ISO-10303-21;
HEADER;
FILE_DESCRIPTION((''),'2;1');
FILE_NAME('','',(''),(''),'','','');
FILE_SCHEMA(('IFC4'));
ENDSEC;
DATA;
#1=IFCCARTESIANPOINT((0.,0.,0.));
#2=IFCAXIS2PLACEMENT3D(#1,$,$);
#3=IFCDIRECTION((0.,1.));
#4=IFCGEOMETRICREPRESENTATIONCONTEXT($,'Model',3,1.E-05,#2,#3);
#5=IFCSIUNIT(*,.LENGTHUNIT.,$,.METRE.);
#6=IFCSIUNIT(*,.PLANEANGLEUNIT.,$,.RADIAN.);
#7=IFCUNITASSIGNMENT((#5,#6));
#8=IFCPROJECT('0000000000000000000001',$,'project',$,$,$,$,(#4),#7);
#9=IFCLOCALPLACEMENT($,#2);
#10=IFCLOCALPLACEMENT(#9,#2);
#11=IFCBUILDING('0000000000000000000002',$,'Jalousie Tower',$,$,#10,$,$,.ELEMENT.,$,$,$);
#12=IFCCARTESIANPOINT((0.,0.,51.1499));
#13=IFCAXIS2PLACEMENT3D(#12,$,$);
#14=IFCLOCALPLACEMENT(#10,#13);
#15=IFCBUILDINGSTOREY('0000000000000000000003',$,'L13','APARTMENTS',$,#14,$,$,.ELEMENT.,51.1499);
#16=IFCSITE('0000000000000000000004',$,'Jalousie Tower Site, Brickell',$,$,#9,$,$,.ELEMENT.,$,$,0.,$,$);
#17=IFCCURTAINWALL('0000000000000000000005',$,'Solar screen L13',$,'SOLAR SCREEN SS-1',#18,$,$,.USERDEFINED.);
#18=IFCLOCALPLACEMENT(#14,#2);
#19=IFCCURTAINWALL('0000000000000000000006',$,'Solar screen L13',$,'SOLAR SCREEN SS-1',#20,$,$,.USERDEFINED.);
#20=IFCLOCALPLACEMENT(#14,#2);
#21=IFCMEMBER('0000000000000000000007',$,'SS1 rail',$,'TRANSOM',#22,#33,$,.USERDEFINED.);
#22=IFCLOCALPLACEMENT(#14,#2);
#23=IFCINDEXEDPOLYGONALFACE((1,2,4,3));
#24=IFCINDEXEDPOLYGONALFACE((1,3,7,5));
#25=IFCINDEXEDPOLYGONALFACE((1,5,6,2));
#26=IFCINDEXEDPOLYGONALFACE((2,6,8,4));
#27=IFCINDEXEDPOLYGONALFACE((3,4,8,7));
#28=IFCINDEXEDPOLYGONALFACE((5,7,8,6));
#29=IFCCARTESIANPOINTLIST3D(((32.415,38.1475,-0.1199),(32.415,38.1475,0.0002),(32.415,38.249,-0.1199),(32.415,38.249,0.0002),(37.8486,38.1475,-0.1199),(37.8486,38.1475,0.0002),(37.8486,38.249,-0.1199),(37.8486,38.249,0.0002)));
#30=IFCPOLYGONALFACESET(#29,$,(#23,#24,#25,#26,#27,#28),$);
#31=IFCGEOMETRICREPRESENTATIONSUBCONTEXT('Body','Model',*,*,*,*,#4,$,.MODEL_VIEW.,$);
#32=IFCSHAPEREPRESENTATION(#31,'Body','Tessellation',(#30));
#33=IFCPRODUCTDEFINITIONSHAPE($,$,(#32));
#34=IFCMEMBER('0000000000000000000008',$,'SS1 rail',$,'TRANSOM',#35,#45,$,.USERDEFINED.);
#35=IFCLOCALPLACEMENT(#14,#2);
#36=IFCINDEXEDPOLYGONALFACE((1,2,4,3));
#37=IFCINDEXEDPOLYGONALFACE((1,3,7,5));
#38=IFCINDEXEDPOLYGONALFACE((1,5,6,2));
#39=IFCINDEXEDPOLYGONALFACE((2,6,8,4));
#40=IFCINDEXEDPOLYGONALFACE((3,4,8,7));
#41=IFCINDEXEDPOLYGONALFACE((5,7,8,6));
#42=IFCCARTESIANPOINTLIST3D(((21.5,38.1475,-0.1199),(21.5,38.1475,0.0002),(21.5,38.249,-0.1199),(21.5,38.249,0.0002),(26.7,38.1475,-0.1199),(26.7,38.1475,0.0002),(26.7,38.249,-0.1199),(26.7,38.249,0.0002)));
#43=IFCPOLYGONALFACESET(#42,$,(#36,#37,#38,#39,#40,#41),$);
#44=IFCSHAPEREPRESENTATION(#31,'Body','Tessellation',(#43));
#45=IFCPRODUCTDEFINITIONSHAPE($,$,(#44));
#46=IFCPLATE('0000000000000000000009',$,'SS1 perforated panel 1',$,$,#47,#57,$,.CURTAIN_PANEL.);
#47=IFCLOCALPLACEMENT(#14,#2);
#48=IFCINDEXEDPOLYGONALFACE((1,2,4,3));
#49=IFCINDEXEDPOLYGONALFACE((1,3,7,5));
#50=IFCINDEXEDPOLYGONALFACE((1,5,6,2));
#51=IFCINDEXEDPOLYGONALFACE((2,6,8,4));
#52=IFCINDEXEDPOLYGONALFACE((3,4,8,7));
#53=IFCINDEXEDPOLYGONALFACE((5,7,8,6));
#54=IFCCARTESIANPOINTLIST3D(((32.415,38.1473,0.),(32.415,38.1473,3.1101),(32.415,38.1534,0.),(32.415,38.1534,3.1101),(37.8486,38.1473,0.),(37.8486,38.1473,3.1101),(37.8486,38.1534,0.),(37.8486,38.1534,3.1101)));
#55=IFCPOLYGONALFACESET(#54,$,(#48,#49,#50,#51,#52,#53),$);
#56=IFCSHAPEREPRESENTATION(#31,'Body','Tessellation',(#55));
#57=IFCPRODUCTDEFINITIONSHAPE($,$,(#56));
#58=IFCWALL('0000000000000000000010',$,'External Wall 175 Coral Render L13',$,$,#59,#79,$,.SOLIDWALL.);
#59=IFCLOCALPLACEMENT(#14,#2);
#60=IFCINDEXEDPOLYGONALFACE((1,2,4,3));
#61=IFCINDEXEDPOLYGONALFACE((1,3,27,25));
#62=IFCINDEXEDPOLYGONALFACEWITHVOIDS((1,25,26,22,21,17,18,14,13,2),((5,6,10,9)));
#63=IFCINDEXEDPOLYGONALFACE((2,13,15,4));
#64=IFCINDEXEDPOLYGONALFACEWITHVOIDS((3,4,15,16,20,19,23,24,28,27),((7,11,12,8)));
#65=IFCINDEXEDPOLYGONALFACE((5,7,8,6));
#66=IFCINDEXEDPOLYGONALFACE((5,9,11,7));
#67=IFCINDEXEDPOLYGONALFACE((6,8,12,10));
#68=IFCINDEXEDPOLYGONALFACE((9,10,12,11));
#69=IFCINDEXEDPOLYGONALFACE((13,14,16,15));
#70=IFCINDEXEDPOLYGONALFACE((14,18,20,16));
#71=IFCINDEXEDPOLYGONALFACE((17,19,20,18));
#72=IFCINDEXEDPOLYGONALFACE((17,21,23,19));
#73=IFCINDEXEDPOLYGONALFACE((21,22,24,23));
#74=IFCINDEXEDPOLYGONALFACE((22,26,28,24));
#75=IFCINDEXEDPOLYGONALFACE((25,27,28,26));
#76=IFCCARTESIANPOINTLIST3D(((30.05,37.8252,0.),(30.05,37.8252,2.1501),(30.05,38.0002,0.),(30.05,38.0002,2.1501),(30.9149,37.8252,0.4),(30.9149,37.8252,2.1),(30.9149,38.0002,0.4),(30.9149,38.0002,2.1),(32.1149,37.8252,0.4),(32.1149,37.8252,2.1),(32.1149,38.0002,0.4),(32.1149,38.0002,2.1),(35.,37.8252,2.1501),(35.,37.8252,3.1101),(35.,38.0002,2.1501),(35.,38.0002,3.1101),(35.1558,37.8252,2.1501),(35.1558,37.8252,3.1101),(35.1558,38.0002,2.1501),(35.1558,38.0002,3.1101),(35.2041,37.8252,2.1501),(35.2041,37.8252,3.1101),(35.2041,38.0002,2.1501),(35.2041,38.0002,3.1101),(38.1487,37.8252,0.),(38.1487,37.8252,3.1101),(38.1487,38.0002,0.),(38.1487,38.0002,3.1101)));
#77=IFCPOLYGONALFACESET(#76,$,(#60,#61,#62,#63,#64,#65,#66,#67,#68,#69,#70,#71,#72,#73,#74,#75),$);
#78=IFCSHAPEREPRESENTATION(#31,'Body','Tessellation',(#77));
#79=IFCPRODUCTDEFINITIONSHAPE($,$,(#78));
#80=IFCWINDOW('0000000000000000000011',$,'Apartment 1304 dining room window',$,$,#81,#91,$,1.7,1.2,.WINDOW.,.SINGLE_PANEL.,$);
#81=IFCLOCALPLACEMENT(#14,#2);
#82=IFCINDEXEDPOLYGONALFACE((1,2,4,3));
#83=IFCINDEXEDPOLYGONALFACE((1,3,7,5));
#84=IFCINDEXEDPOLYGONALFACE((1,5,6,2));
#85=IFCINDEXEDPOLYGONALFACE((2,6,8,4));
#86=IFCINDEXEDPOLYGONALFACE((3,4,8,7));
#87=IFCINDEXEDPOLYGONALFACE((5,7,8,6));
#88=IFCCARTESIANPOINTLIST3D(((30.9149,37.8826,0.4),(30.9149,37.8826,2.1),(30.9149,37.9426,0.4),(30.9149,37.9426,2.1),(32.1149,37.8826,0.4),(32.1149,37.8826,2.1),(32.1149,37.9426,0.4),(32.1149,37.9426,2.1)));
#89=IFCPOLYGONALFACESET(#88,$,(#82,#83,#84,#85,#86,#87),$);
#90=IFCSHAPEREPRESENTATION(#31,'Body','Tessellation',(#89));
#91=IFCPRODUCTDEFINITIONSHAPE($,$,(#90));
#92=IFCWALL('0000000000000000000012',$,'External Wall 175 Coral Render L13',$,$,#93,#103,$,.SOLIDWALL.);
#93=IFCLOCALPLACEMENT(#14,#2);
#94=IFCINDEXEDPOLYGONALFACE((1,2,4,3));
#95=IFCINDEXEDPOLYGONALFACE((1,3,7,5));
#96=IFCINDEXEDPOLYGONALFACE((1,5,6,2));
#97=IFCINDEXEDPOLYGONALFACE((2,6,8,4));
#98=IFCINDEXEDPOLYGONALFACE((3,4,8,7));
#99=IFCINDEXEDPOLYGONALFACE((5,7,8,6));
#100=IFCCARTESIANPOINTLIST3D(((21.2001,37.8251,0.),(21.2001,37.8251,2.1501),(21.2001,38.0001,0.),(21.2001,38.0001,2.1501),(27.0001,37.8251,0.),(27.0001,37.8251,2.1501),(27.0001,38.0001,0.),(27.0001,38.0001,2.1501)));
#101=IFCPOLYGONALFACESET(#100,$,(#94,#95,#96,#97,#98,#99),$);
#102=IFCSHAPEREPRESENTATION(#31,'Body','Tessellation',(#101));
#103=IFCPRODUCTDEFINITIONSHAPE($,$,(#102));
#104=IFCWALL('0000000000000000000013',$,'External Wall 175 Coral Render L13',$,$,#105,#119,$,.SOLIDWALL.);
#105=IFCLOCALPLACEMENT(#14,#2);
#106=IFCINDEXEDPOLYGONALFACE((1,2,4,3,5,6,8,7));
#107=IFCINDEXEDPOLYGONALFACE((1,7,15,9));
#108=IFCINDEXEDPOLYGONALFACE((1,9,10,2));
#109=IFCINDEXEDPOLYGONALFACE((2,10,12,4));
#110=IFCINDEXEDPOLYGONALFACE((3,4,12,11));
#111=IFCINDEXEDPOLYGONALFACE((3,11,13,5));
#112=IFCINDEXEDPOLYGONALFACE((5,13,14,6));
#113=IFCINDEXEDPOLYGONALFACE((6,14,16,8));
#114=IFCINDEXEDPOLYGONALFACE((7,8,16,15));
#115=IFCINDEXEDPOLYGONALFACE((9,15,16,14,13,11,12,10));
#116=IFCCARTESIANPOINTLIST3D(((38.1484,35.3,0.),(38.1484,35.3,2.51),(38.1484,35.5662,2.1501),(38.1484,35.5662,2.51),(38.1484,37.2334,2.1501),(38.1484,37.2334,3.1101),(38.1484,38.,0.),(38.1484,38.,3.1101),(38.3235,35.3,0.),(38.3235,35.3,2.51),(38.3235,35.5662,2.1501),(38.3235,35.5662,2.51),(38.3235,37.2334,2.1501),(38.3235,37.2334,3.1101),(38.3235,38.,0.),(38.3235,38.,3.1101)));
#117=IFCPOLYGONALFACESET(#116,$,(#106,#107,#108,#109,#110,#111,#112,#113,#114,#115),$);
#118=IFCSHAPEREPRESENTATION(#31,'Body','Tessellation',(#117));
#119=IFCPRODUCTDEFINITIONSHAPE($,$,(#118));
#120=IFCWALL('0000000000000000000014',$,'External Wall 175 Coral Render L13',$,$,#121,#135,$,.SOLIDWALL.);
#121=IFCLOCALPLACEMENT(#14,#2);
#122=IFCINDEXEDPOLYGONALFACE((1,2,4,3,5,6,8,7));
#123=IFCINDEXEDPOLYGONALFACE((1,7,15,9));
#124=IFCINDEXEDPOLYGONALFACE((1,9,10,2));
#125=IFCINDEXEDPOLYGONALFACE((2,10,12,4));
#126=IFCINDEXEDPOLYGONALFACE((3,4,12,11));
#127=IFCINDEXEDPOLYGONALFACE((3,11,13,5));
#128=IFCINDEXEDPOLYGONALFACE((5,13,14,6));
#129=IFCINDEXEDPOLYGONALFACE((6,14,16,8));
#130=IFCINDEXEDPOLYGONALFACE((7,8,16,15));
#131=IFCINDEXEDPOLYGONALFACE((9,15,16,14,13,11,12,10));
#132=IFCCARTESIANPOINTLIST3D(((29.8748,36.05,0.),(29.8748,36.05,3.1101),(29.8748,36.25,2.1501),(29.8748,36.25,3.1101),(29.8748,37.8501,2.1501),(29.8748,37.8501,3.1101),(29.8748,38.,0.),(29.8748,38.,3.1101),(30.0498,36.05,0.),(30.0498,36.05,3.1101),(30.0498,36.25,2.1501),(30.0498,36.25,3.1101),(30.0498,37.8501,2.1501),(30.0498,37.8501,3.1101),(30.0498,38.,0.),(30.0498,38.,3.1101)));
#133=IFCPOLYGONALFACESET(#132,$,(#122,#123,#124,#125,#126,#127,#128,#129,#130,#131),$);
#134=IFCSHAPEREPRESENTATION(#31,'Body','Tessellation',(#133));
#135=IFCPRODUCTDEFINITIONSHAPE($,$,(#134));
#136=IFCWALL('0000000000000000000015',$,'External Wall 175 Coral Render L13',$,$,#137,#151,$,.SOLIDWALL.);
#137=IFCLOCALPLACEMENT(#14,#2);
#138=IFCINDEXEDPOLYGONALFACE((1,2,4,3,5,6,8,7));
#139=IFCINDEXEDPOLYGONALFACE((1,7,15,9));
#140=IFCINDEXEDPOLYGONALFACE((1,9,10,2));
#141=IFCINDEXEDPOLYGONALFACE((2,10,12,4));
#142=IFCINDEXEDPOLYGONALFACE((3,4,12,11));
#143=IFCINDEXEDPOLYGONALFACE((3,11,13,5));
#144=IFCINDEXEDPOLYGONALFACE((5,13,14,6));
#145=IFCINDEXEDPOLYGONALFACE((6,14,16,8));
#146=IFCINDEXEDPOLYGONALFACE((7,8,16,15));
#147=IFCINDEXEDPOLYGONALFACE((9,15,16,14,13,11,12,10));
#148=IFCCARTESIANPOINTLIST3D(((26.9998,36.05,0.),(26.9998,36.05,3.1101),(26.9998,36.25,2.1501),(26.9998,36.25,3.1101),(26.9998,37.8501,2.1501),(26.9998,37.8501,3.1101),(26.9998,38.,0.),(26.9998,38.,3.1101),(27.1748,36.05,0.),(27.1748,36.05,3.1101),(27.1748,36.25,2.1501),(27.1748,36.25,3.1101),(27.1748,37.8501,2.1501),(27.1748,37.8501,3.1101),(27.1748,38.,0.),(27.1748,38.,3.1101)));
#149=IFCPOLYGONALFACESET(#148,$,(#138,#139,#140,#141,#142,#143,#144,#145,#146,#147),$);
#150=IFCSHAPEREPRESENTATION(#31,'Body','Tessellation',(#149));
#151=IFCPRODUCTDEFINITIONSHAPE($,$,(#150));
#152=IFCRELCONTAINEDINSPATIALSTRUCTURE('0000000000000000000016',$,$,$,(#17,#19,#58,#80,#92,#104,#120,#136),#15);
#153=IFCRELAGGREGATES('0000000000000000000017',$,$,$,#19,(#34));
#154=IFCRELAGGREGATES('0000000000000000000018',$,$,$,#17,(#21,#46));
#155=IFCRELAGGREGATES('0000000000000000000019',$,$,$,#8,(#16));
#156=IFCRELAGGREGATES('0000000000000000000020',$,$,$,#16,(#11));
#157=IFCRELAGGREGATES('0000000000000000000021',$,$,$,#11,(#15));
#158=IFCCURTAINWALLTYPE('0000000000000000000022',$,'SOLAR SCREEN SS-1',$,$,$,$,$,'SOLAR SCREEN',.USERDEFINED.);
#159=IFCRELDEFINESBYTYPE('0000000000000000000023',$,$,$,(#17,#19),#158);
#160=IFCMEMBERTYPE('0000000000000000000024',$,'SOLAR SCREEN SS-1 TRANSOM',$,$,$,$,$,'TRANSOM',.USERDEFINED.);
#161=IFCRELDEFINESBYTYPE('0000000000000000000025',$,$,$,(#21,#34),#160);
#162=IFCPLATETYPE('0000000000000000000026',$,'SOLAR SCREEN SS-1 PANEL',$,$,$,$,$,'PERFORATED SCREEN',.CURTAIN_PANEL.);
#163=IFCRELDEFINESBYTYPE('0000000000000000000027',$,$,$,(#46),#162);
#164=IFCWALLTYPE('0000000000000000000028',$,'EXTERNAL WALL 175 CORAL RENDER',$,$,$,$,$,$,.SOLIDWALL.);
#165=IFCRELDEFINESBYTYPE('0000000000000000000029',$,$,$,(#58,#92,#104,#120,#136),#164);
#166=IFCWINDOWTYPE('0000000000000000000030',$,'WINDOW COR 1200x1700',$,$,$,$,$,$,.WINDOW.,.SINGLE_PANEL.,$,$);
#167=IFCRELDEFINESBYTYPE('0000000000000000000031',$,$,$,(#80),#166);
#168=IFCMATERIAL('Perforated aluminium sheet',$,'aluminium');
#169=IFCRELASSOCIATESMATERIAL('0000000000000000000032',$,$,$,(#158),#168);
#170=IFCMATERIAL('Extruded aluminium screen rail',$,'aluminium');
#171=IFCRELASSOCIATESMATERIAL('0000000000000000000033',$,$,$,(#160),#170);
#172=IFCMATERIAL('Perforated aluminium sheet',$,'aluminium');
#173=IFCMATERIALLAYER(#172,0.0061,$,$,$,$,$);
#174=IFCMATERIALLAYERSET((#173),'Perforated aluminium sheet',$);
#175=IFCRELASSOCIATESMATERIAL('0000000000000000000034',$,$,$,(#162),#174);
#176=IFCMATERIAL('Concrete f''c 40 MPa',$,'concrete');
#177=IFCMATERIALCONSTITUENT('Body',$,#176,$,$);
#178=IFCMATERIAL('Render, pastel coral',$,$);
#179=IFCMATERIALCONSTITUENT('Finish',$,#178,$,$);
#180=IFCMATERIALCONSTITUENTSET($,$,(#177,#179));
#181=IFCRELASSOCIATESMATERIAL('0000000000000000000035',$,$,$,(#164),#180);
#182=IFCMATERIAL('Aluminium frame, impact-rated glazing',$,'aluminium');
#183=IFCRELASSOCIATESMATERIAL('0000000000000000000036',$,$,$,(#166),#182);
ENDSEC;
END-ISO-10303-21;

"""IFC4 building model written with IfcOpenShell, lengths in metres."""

from ifc_helpers import new_model, si_unit, direction, frame, frame_2d, origin, origin_2d, place, context, subcontext, project, spatial, polyline, rectangle, outline, extrude, material, layer, layer_set, constituent, constituent_set, material_profile, profile_set, type_object, element, fill, aggregate, save


model = new_model("IFC4")

# Units and contexts
model_context = context("Model", 3, precision=1e-05, world=origin(), true_north=direction((0.0, 1.0)))
body_context = subcontext(model_context, "Body", "Model", "MODEL_VIEW")
ifc_project = project(units=[si_unit("LENGTHUNIT", "METRE"), si_unit("PLANEANGLEUNIT", "RADIAN")], contexts=[model_context])

# Site, building, storey
site_placement = place(None, origin())
site = spatial("IfcSite", under=ifc_project, at=site_placement, Name="Jalousie Tower Site, Brickell", CompositionType="ELEMENT", RefElevation=0.0)
building_placement = place(site_placement, origin())
building = spatial("IfcBuilding", under=site, at=building_placement, Name="Jalousie Tower", CompositionType="ELEMENT")
storey_placement = place(building_placement, frame((0.0, 0.0, 51.1499)))
storey = spatial("IfcBuildingStorey", under=building, at=storey_placement, Name="L13", Description="APARTMENTS", CompositionType="ELEMENT", Elevation=51.1499)

# Curtain wall
ifc_material_1 = material(Name="Perforated aluminium sheet", Category="aluminium")
curtain_wall_type = type_object("IfcCurtainWallType", Name="SOLAR SCREEN SS-1", ElementType="SOLAR SCREEN", PredefinedType="USERDEFINED", material=ifc_material_1)
curtain_wall_1_placement = place(storey_placement, origin())
curtain_wall_1 = element("IfcCurtainWall", 1, at=curtain_wall_1_placement, inside=storey, type_object=curtain_wall_type, Name="Solar screen L13", ObjectType="SOLAR SCREEN SS-1", PredefinedType="USERDEFINED")

# Curtain wall
curtain_wall_2_placement = place(storey_placement, origin())
curtain_wall_2 = element("IfcCurtainWall", 2, at=curtain_wall_2_placement, inside=storey, type_object=curtain_wall_type, Name="Solar screen L13", ObjectType="SOLAR SCREEN SS-1", PredefinedType="USERDEFINED")

# Members
ifc_material_2 = material(Name="Extruded aluminium screen rail", Category="aluminium")
ifc_material_profile_1 = material_profile(ifc_material_2, rectangle(XDim=0.1016, YDim=0.1201, at=origin_2d()), Name="RAIL 102x120")
ifc_profile_set_1 = profile_set([ifc_material_profile_1], Name="Extruded aluminium screen rail")
member_type_1 = type_object("IfcMemberType", Name="SOLAR SCREEN SS-1 TRANSOM", ElementType="TRANSOM", PredefinedType="USERDEFINED", material=ifc_profile_set_1)
member_1_placement = place(storey_placement, frame((37.8486, 38.1982, -0.0598), z_axis=(-1.0, 0.0, 0.0), x_axis=(0.0, -1.0, 0.0)))
member_1 = element("IfcMember", 3, at=member_1_placement, type_object=member_type_1, Name="SS1 rail", ObjectType="TRANSOM", PredefinedType="USERDEFINED", context=body_context, shape_type="SweptSolid", body=[
    extrude(rectangle(XDim=0.1016, YDim=0.1201, at=origin_2d()), origin(), (0.0, 0.0, 1.0), 5.4336),
])
member_2_placement = place(storey_placement, frame((26.7, 38.1982, -0.0598), z_axis=(-1.0, 0.0, 0.0), x_axis=(0.0, -1.0, 0.0)))
member_2 = element("IfcMember", 4, at=member_2_placement, type_object=member_type_1, Name="SS1 rail", ObjectType="TRANSOM", PredefinedType="USERDEFINED", context=body_context, shape_type="SweptSolid", body=[
    extrude(rectangle(XDim=0.1016, YDim=0.1201, at=origin_2d()), origin(), (0.0, 0.0, 1.0), 5.2),
])
aggregate(curtain_wall_2, [member_2])

# Plate
ifc_material_3 = material(Name="Perforated aluminium sheet", Category="aluminium")
ifc_layer_1 = layer(ifc_material_3, 0.0061)
ifc_layer_set_1 = layer_set([ifc_layer_1], Name="Perforated aluminium sheet")
plate_type = type_object("IfcPlateType", Name="SOLAR SCREEN SS-1 PANEL", ElementType="PERFORATED SCREEN", PredefinedType="CURTAIN_PANEL", material=ifc_layer_set_1)
plate_placement = place(storey_placement, frame((35.1318, 38.1504, 0.0), z_axis=(0.0, 0.0, 1.0), x_axis=(-1.0, 0.0, 0.0)))
plate = element("IfcPlate", 5, at=plate_placement, type_object=plate_type, Name="SS1 perforated panel 1", PredefinedType="CURTAIN_PANEL", context=body_context, shape_type="SweptSolid", body=[
    extrude(rectangle(XDim=5.4336, YDim=0.0061, at=origin_2d()), origin(), (0.0, 0.0, 1.0), 3.1101),
])
aggregate(curtain_wall_1, [member_1, plate])

# Wall, opening, window
ifc_material_4 = material(Name="Concrete f'c 40 MPa", Category="concrete")
ifc_constituent_1 = constituent(ifc_material_4, Name="Body")
ifc_material_5 = material(Name="Render, pastel coral")
ifc_constituent_2 = constituent(ifc_material_5, Name="Finish")
ifc_constituent_set_1 = constituent_set(constituents=[ifc_constituent_1, ifc_constituent_2])
wall_type_1 = type_object("IfcWallType", Name="EXTERNAL WALL 175 CORAL RENDER", PredefinedType="SOLIDWALL", material=ifc_constituent_set_1)
wall_1_placement = place(storey_placement, frame((38.1487, 37.9126, 0.0), z_axis=(0.0, 0.0, 1.0), x_axis=(-1.0, 0.0, 0.0)))
wall_1 = element("IfcWall", 6, at=wall_1_placement, inside=storey, type_object=wall_type_1, Name="External Wall 175 Coral Render L13", PredefinedType="SOLIDWALL", context=body_context, shape_type="SweptSolid", body=[
    extrude(outline(polyline([(0.0, 0.0), (8.0986, 0.0), (8.0986, 2.1501), (3.1487, 2.1501), (3.1487, 3.1101), (2.9929, 3.1101), (2.9929, 2.1501), (2.9446, 2.1501), (2.9446, 3.1101), (0.0, 3.1101), (0.0, 0.0)])), frame((0.0, 0.0874, 0.0), z_axis=(0.0, -1.0, 0.0), x_axis=(1.0, 0.0, 0.0)), (0.0, 0.0, 1.0), 0.175),
])
opening_1_placement = place(wall_1_placement, frame((6.0337, 0.0, 0.3999)))
opening_1 = element("IfcOpeningElement", 7, at=opening_1_placement, cuts=wall_1, PredefinedType="OPENING", context=body_context, shape_type="SweptSolid", body=[
    extrude(rectangle(XDim=1.2, YDim=1.7, at=frame_2d((0.6001, 0.8501))), frame((0.0, 0.0974, 0.0), z_axis=(0.0, -1.0, 0.0), x_axis=(1.0, 0.0, 0.0)), (0.0, 0.0, 1.0), 0.1951),
])
ifc_material_6 = material(Name="Aluminium frame, impact-rated glazing", Category="aluminium")
window_type = type_object("IfcWindowType", Name="WINDOW COR 1200x1700", PartitioningType="SINGLE_PANEL", PredefinedType="WINDOW", material=ifc_material_6)
window_placement = place(opening_1_placement, origin())
window = element("IfcWindow", 8, at=window_placement, inside=storey, type_object=window_type, Name="Apartment 1304 dining room window", OverallHeight=1.7, OverallWidth=1.2, PartitioningType="SINGLE_PANEL", PredefinedType="WINDOW", context=body_context, shape_type="SweptSolid", body=[
    extrude(rectangle(XDim=1.2, YDim=1.7, at=frame_2d((0.6001, 0.8501))), frame((0.0, 0.03, 0.0), z_axis=(0.0, -1.0, 0.0), x_axis=(1.0, 0.0, 0.0)), (0.0, 0.0, 1.0), 0.0601),
])
fill(opening_1, window)

# Walls
wall_2_placement = place(storey_placement, frame((27.0, 37.9126, 0.0), z_axis=(0.0, 0.0, 1.0), x_axis=(-1.0, 0.0, 0.0)))
element("IfcWall", 9, at=wall_2_placement, inside=storey, type_object=wall_type_1, Name="External Wall 175 Coral Render L13", PredefinedType="SOLIDWALL", context=body_context, shape_type="SweptSolid", body=[
    extrude(rectangle(XDim=5.8, YDim=0.175, at=frame_2d((2.8999, 0.0))), origin(), (0.0, 0.0, 1.0), 2.1501),
])
wall_3_placement = place(storey_placement, frame((38.2361, 38.0, 0.0), z_axis=(0.0, 0.0, 1.0), x_axis=(0.0, -1.0, 0.0)))
element("IfcWall", 10, at=wall_3_placement, inside=storey, type_object=wall_type_1, Name="External Wall 175 Coral Render L13", PredefinedType="SOLIDWALL", context=body_context, shape_type="SweptSolid", body=[
    extrude(outline(polyline([(0.0, 0.0), (2.7, 0.0), (2.7, 2.51), (2.4338, 2.51), (2.4338, 2.1501), (0.7666, 2.1501), (0.7666, 3.1101), (0.0, 3.1101), (0.0, 0.0)])), frame((0.0, 0.0874, 0.0), z_axis=(0.0, -1.0, 0.0), x_axis=(1.0, 0.0, 0.0)), (0.0, 0.0, 1.0), 0.175),
])
for number, where, z_axis, x_axis, name in (
    (11, (29.9624, 38.0, 0.0), (0.0, 0.0, 1.0), (0.0, -1.0, 0.0), "External Wall 175 Coral Render L13"),
    (12, (27.0874, 38.0, 0.0), (0.0, 0.0, 1.0), (0.0, -1.0, 0.0), "External Wall 175 Coral Render L13"),
):
    element("IfcWall", number, at=place(storey_placement, frame(where, z_axis=z_axis, x_axis=x_axis)), inside=storey, type_object=wall_type_1, Name=name, PredefinedType="SOLIDWALL", context=body_context, shape_type="SweptSolid", body=[
        extrude(outline(polyline([(0.0, 0.0), (1.95, 0.0), (1.95, 3.1101), (1.75, 3.1101), (1.75, 2.1501), (0.1499, 2.1501), (0.1499, 3.1101), (0.0, 3.1101), (0.0, 0.0)])), frame((0.0, 0.0874, 0.0), z_axis=(0.0, -1.0, 0.0), x_axis=(1.0, 0.0, 0.0)), (0.0, 0.0, 1.0), 0.175),
    ])

save(model, "model.ifc")
